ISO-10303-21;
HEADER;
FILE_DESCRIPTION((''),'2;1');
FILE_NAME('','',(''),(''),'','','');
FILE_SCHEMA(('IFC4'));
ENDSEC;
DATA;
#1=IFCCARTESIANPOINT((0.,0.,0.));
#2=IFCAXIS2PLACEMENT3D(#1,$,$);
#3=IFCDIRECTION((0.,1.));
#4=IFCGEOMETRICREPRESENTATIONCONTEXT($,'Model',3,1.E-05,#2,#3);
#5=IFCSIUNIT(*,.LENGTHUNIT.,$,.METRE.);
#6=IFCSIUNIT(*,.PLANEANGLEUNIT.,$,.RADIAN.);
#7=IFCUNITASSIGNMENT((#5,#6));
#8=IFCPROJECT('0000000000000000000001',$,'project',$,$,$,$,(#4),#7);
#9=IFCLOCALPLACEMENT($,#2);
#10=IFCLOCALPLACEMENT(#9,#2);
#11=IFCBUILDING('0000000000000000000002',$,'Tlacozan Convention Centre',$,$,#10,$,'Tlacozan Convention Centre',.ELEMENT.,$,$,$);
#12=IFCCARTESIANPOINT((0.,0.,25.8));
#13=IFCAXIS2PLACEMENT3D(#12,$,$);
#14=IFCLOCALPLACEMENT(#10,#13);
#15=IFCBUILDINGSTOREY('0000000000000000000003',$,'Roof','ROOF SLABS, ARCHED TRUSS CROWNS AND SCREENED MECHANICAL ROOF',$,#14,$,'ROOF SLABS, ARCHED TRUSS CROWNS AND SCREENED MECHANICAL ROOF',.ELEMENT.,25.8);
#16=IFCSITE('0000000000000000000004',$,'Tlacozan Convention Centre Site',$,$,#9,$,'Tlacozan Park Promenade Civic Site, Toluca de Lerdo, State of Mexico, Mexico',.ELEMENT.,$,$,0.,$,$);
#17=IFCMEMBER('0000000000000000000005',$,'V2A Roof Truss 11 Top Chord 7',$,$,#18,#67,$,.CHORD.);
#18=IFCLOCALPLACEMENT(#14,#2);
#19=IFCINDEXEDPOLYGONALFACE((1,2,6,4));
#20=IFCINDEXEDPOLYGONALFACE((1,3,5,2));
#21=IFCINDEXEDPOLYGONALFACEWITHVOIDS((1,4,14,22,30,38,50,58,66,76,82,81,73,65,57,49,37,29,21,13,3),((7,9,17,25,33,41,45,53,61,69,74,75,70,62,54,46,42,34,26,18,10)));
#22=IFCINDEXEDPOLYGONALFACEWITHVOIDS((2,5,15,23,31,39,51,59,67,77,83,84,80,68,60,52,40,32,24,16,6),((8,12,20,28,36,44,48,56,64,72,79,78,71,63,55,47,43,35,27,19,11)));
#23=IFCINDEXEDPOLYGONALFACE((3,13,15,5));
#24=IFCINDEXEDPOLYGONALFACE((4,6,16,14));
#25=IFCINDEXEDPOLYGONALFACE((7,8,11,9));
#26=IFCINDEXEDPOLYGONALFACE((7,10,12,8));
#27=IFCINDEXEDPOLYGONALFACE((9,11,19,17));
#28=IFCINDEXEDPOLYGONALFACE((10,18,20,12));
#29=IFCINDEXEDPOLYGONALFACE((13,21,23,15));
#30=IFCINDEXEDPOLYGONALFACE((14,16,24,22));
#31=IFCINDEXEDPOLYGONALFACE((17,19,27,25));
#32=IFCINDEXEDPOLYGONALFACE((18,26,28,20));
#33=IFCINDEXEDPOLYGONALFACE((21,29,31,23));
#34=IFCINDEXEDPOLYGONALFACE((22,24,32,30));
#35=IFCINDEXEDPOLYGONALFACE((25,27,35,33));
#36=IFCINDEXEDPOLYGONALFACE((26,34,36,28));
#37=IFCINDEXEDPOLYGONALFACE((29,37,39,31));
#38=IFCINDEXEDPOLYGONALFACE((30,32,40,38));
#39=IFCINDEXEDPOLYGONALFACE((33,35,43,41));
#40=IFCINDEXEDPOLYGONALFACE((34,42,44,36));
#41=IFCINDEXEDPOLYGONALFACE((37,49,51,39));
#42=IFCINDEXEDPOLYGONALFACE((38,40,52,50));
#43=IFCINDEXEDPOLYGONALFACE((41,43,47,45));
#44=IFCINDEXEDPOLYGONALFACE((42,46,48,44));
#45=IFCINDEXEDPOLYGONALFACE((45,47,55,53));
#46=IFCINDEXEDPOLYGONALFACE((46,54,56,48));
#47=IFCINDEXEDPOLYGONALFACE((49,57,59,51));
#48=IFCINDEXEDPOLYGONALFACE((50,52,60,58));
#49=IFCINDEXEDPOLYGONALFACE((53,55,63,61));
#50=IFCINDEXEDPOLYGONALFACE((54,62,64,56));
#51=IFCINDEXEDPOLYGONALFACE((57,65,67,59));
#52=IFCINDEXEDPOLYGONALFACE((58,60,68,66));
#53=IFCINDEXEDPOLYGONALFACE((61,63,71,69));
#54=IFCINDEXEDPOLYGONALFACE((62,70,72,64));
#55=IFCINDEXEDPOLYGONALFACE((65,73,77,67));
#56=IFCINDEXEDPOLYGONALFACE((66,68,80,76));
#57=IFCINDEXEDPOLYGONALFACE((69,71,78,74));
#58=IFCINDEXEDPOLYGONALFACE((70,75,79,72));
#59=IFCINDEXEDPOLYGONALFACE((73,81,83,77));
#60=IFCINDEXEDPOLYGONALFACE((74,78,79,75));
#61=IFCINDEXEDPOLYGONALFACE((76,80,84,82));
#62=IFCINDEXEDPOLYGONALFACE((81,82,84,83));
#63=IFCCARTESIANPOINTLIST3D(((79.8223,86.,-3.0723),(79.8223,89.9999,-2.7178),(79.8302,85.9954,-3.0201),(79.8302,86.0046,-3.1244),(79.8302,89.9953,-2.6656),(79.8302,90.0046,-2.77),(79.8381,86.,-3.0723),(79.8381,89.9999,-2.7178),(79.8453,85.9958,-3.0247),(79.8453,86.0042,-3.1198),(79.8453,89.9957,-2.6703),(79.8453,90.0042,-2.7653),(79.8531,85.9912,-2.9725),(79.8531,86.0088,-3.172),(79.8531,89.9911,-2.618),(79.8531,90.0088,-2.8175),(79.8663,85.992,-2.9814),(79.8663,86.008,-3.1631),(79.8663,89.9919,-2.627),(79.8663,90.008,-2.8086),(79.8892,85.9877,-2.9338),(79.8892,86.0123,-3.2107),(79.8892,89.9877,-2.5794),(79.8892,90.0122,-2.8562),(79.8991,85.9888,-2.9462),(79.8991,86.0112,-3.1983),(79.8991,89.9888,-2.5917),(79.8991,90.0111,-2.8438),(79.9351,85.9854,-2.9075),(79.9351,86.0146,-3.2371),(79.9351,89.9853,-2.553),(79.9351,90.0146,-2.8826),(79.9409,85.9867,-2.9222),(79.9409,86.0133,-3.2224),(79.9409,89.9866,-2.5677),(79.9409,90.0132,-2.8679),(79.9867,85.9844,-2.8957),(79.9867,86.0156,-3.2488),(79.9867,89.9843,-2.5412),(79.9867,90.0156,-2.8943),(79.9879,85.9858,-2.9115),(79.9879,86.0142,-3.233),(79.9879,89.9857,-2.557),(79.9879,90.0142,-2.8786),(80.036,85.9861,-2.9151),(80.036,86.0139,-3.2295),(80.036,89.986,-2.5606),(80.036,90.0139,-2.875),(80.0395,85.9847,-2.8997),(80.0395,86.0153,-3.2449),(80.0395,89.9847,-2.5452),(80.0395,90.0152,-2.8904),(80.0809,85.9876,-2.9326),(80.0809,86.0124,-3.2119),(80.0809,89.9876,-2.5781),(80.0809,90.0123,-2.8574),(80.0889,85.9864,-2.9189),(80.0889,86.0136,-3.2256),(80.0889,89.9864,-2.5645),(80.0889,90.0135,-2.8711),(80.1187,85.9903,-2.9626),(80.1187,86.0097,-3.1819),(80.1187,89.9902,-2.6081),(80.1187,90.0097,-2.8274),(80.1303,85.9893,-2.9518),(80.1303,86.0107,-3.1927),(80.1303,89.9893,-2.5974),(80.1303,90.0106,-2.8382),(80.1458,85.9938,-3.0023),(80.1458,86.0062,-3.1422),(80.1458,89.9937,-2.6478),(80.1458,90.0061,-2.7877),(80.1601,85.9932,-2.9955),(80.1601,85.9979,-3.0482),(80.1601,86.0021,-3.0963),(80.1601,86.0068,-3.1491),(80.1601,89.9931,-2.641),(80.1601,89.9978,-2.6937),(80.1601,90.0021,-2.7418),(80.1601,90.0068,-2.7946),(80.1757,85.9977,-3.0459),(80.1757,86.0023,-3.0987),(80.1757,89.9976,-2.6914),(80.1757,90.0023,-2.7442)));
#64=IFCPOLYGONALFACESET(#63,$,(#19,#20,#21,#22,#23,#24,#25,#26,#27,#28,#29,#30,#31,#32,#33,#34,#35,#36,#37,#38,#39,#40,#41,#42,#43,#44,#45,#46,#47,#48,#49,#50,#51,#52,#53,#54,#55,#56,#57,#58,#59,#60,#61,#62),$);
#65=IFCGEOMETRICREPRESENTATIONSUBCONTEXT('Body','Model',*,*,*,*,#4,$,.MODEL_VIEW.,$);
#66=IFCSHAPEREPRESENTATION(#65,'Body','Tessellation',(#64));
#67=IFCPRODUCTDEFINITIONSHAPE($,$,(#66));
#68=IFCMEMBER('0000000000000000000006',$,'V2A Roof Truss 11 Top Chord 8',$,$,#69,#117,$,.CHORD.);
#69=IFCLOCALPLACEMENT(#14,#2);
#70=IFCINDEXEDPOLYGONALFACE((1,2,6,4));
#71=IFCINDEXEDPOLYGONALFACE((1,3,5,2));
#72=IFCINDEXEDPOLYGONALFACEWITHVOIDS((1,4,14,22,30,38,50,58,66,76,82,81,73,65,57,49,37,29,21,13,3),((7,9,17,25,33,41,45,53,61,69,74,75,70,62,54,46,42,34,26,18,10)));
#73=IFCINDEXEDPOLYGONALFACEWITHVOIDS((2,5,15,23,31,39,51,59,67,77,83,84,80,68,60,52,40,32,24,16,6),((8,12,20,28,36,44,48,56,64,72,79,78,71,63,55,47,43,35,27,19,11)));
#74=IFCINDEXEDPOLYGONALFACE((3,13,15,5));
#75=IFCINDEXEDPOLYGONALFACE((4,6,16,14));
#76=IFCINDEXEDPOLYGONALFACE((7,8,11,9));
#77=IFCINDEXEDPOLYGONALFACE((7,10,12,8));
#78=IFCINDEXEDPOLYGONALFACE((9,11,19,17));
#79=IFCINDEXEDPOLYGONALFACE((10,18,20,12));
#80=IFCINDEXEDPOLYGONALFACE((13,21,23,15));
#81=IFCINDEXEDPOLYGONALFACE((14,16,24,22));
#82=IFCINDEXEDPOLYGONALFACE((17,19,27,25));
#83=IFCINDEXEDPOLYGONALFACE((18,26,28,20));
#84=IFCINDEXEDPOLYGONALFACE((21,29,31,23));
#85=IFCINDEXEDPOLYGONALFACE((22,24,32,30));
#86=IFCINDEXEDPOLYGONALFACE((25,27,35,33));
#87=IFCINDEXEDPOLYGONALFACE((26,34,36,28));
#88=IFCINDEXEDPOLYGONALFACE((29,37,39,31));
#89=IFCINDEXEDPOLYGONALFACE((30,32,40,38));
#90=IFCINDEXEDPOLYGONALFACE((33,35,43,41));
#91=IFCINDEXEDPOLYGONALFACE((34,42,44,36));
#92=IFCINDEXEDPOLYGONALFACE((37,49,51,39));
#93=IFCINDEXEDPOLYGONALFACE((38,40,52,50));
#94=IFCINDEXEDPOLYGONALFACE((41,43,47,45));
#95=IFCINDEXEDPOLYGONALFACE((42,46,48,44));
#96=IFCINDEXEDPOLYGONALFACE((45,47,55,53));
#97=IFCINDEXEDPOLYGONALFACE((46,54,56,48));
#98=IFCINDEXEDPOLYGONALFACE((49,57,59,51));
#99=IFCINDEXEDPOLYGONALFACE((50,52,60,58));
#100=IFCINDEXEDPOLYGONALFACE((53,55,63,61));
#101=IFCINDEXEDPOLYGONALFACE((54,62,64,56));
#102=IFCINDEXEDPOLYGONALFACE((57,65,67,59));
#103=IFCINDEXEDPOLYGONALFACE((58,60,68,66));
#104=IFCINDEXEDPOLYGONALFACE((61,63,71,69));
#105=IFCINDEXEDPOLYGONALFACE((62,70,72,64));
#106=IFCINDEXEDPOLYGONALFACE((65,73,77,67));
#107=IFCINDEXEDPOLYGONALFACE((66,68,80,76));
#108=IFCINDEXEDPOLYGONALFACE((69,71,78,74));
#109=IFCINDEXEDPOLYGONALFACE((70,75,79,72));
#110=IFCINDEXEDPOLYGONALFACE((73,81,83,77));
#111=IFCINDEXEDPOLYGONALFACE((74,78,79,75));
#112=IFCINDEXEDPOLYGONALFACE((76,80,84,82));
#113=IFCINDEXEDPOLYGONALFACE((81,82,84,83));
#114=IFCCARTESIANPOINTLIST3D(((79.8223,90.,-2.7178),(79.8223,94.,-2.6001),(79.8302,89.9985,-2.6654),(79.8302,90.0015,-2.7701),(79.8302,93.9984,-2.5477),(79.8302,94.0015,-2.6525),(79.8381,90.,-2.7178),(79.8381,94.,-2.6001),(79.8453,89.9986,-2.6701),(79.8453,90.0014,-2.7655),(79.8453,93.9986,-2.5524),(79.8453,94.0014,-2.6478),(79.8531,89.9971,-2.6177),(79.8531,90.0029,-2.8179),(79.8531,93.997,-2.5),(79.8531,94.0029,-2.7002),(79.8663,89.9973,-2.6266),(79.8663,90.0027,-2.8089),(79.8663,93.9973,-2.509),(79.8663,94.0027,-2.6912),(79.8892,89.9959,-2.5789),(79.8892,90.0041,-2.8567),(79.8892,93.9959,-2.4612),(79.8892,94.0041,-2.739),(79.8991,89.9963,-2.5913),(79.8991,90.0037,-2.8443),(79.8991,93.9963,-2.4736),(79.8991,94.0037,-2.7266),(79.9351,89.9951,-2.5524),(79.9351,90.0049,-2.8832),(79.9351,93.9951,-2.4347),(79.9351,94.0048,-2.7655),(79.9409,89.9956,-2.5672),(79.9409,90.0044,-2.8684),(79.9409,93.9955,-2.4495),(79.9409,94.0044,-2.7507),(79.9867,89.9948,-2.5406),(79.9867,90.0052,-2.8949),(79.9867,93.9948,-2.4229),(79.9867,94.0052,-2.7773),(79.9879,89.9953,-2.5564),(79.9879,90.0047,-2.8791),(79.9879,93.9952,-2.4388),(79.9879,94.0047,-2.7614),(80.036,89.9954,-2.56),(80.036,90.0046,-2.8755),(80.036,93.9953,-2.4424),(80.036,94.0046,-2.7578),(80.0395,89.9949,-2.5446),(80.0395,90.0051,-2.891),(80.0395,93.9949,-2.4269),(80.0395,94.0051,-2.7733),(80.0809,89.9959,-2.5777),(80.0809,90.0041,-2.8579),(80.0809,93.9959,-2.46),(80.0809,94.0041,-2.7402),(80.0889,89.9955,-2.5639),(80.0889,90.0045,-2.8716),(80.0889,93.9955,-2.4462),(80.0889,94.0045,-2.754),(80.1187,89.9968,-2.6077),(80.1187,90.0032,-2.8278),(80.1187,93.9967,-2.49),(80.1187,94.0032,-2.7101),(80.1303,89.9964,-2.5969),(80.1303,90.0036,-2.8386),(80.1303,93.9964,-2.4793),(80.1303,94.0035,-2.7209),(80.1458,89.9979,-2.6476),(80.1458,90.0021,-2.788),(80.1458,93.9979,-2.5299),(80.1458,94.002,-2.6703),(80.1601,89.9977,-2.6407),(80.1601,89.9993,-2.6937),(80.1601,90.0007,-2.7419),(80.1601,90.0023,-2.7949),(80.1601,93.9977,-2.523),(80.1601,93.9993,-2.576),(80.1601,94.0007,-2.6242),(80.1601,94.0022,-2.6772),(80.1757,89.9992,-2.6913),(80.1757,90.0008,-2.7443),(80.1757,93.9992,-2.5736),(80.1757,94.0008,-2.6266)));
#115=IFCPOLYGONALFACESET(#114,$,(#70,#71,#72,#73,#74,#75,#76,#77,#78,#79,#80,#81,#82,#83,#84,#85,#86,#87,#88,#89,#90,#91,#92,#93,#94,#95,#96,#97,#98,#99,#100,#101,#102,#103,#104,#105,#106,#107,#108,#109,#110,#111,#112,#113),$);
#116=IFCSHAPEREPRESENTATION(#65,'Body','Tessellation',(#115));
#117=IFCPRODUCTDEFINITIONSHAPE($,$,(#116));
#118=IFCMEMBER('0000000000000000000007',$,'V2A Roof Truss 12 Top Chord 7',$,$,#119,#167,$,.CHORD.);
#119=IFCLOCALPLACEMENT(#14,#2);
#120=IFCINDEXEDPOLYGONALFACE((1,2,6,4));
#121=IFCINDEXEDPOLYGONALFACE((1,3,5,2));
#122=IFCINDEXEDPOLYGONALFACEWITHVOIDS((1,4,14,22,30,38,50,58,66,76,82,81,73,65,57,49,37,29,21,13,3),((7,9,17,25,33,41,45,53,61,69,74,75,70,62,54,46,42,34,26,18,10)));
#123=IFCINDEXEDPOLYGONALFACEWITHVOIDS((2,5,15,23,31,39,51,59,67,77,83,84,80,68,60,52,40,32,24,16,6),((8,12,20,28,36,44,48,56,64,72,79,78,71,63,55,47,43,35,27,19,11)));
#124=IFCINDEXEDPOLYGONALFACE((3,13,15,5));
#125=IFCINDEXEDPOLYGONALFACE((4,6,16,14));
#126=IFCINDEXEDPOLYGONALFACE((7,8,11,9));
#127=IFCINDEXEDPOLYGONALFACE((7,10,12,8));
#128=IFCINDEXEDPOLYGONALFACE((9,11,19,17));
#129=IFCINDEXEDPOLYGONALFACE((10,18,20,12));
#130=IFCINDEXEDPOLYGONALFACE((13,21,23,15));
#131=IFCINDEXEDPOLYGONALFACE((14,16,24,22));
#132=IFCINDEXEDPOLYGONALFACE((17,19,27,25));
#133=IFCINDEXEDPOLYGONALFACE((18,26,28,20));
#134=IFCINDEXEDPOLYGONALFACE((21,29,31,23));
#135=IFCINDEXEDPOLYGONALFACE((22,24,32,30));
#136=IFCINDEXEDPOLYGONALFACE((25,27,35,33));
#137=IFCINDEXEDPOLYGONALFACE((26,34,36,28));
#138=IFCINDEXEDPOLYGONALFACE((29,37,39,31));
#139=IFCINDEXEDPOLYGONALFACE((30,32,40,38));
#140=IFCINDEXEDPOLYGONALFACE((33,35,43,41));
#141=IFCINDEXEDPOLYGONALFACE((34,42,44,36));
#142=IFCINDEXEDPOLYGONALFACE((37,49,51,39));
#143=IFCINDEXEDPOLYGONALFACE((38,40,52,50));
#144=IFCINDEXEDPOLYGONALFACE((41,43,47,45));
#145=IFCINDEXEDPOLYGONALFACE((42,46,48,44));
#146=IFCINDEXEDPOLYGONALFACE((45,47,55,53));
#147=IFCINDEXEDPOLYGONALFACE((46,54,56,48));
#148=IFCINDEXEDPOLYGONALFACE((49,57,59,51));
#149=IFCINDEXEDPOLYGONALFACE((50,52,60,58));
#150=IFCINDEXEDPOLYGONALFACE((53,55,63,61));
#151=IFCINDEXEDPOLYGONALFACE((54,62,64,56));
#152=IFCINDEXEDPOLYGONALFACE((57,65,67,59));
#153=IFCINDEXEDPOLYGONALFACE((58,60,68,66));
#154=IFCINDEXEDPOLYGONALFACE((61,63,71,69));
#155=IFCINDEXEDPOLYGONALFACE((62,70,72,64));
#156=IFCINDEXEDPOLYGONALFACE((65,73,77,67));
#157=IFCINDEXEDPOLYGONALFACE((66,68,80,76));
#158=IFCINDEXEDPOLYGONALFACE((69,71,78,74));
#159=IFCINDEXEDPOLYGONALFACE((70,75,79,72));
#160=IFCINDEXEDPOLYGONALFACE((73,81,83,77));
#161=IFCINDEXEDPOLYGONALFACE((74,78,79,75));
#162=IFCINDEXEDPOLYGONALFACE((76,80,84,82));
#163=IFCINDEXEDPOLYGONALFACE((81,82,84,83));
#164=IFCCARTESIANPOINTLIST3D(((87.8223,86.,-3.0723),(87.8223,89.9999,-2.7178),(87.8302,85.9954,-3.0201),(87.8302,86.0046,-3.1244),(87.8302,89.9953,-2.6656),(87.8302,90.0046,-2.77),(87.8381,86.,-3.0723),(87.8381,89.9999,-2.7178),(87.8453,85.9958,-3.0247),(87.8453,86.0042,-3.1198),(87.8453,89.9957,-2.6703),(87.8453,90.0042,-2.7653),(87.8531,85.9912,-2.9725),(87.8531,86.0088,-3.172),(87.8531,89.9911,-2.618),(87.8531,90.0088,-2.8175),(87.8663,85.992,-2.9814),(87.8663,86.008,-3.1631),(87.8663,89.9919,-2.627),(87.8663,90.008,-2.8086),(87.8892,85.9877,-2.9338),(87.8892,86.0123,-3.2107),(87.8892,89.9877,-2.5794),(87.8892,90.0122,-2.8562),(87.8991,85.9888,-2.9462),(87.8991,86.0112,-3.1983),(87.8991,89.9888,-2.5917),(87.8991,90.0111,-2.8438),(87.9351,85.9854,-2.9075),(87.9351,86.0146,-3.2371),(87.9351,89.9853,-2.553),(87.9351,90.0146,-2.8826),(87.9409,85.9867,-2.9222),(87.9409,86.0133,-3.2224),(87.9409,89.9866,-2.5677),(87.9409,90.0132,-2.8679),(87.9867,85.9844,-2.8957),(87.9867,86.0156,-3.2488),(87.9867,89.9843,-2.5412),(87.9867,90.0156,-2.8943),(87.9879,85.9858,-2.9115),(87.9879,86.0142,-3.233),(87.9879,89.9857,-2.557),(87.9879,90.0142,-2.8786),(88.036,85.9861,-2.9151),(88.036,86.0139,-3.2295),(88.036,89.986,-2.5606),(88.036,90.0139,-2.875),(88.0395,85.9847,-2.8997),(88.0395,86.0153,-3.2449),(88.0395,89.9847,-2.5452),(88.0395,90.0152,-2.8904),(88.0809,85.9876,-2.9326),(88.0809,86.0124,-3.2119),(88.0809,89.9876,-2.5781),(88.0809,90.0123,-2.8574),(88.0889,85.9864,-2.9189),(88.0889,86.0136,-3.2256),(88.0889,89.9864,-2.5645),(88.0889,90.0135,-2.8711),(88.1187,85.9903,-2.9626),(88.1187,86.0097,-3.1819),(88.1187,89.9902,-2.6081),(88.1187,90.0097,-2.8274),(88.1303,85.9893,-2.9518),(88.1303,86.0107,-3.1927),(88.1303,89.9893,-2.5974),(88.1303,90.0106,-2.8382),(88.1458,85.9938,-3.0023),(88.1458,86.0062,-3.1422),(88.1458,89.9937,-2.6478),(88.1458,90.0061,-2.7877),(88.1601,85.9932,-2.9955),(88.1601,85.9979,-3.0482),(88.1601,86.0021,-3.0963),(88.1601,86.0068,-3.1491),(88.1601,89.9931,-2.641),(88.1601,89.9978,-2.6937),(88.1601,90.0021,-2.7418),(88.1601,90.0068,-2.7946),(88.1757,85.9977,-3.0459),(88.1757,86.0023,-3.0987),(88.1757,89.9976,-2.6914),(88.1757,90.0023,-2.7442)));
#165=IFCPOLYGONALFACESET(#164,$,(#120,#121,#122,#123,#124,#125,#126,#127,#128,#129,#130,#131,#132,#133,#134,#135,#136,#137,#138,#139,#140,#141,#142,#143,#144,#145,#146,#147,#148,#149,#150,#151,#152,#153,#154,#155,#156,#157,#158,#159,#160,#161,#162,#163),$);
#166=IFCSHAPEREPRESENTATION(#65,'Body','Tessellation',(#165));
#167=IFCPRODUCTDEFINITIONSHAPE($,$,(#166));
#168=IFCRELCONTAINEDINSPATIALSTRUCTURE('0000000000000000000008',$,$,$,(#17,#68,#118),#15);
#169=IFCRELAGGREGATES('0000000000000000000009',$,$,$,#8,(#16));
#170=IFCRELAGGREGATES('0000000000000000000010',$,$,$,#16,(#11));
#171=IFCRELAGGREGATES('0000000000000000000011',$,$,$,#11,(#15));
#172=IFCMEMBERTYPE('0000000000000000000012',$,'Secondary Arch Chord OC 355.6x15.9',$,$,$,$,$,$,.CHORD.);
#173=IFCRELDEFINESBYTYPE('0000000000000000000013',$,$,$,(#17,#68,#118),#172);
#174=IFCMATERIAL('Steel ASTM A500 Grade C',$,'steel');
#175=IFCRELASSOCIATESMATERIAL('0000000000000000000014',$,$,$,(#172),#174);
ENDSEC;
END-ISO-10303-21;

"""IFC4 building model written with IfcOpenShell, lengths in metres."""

from ifc_helpers import new_model, si_unit, direction, frame, origin, origin_2d, place, context, subcontext, project, spatial, hollow_circle, extrude, material, material_profile, profile_set, type_object, element, save


model = new_model("IFC4")

# Units and contexts
model_context = context("Model", 3, precision=1e-05, world=origin(), true_north=direction((0.0, 1.0)))
body_context = subcontext(model_context, "Body", "Model", "MODEL_VIEW")
ifc_project = project(units=[si_unit("LENGTHUNIT", "METRE"), si_unit("PLANEANGLEUNIT", "RADIAN")], contexts=[model_context])

# Site, building, storey
site_placement = place(None, origin())
site = spatial("IfcSite", under=ifc_project, at=site_placement, Name="Tlacozan Convention Centre Site", LongName="Tlacozan Park Promenade Civic Site, Toluca de Lerdo, State of Mexico, Mexico", CompositionType="ELEMENT", RefElevation=0.0)
building_placement = place(site_placement, origin())
building = spatial("IfcBuilding", under=site, at=building_placement, Name="Tlacozan Convention Centre", LongName="Tlacozan Convention Centre", CompositionType="ELEMENT")
storey_placement = place(building_placement, frame((0.0, 0.0, 25.8)))
storey = spatial("IfcBuildingStorey", under=building, at=storey_placement, Name="Roof", Description="ROOF SLABS, ARCHED TRUSS CROWNS AND SCREENED MECHANICAL ROOF", LongName="ROOF SLABS, ARCHED TRUSS CROWNS AND SCREENED MECHANICAL ROOF", CompositionType="ELEMENT", Elevation=25.8)

# Members
ifc_material_1 = material(Name="Steel ASTM A500 Grade C", Category="steel")
ifc_material_profile_1 = material_profile(ifc_material_1, hollow_circle(Radius=0.1777, WallThickness=0.0159, at=origin_2d()), Name="OC 355.6x15.9")
ifc_profile_set_1 = profile_set([ifc_material_profile_1], Name="Steel ASTM A500 Grade C")
member_type_1 = type_object("IfcMemberType", Name="Secondary Arch Chord OC 355.6x15.9", PredefinedType="CHORD", material=ifc_profile_set_1)
member_1_placement = place(storey_placement, frame((80.0, 86.0, -3.0723), z_axis=(0.0, 0.996096, 0.088277), x_axis=(-1.0, 0.0, 0.0)))
element("IfcMember", 1, at=member_1_placement, inside=storey, type_object=member_type_1, Name="V2A Roof Truss 11 Top Chord 7", PredefinedType="CHORD", context=body_context, shape_type="SweptSolid", body=[
    extrude(hollow_circle(Radius=0.1777, WallThickness=0.0159, at=origin_2d()), origin(), (0.0, 0.0, 1.0), 4.0156),
])
member_2_placement = place(storey_placement, frame((80.0, 90.0, -2.7178), z_axis=(0.0, 0.999568, 0.029406), x_axis=(-1.0, 0.0, 0.0)))
element("IfcMember", 2, at=member_2_placement, inside=storey, type_object=member_type_1, Name="V2A Roof Truss 11 Top Chord 8", PredefinedType="CHORD", context=body_context, shape_type="SweptSolid", body=[
    extrude(hollow_circle(Radius=0.1777, WallThickness=0.0159, at=origin_2d()), origin(), (0.0, 0.0, 1.0), 4.0017),
])
member_3_placement = place(storey_placement, frame((88.0, 86.0, -3.0723), z_axis=(0.0, 0.996096, 0.088277), x_axis=(-1.0, 0.0, 0.0)))
element("IfcMember", 3, at=member_3_placement, inside=storey, type_object=member_type_1, Name="V2A Roof Truss 12 Top Chord 7", PredefinedType="CHORD", context=body_context, shape_type="SweptSolid", body=[
    extrude(hollow_circle(Radius=0.1777, WallThickness=0.0159, at=origin_2d()), origin(), (0.0, 0.0, 1.0), 4.0156),
])

save(model, "model.ifc")
